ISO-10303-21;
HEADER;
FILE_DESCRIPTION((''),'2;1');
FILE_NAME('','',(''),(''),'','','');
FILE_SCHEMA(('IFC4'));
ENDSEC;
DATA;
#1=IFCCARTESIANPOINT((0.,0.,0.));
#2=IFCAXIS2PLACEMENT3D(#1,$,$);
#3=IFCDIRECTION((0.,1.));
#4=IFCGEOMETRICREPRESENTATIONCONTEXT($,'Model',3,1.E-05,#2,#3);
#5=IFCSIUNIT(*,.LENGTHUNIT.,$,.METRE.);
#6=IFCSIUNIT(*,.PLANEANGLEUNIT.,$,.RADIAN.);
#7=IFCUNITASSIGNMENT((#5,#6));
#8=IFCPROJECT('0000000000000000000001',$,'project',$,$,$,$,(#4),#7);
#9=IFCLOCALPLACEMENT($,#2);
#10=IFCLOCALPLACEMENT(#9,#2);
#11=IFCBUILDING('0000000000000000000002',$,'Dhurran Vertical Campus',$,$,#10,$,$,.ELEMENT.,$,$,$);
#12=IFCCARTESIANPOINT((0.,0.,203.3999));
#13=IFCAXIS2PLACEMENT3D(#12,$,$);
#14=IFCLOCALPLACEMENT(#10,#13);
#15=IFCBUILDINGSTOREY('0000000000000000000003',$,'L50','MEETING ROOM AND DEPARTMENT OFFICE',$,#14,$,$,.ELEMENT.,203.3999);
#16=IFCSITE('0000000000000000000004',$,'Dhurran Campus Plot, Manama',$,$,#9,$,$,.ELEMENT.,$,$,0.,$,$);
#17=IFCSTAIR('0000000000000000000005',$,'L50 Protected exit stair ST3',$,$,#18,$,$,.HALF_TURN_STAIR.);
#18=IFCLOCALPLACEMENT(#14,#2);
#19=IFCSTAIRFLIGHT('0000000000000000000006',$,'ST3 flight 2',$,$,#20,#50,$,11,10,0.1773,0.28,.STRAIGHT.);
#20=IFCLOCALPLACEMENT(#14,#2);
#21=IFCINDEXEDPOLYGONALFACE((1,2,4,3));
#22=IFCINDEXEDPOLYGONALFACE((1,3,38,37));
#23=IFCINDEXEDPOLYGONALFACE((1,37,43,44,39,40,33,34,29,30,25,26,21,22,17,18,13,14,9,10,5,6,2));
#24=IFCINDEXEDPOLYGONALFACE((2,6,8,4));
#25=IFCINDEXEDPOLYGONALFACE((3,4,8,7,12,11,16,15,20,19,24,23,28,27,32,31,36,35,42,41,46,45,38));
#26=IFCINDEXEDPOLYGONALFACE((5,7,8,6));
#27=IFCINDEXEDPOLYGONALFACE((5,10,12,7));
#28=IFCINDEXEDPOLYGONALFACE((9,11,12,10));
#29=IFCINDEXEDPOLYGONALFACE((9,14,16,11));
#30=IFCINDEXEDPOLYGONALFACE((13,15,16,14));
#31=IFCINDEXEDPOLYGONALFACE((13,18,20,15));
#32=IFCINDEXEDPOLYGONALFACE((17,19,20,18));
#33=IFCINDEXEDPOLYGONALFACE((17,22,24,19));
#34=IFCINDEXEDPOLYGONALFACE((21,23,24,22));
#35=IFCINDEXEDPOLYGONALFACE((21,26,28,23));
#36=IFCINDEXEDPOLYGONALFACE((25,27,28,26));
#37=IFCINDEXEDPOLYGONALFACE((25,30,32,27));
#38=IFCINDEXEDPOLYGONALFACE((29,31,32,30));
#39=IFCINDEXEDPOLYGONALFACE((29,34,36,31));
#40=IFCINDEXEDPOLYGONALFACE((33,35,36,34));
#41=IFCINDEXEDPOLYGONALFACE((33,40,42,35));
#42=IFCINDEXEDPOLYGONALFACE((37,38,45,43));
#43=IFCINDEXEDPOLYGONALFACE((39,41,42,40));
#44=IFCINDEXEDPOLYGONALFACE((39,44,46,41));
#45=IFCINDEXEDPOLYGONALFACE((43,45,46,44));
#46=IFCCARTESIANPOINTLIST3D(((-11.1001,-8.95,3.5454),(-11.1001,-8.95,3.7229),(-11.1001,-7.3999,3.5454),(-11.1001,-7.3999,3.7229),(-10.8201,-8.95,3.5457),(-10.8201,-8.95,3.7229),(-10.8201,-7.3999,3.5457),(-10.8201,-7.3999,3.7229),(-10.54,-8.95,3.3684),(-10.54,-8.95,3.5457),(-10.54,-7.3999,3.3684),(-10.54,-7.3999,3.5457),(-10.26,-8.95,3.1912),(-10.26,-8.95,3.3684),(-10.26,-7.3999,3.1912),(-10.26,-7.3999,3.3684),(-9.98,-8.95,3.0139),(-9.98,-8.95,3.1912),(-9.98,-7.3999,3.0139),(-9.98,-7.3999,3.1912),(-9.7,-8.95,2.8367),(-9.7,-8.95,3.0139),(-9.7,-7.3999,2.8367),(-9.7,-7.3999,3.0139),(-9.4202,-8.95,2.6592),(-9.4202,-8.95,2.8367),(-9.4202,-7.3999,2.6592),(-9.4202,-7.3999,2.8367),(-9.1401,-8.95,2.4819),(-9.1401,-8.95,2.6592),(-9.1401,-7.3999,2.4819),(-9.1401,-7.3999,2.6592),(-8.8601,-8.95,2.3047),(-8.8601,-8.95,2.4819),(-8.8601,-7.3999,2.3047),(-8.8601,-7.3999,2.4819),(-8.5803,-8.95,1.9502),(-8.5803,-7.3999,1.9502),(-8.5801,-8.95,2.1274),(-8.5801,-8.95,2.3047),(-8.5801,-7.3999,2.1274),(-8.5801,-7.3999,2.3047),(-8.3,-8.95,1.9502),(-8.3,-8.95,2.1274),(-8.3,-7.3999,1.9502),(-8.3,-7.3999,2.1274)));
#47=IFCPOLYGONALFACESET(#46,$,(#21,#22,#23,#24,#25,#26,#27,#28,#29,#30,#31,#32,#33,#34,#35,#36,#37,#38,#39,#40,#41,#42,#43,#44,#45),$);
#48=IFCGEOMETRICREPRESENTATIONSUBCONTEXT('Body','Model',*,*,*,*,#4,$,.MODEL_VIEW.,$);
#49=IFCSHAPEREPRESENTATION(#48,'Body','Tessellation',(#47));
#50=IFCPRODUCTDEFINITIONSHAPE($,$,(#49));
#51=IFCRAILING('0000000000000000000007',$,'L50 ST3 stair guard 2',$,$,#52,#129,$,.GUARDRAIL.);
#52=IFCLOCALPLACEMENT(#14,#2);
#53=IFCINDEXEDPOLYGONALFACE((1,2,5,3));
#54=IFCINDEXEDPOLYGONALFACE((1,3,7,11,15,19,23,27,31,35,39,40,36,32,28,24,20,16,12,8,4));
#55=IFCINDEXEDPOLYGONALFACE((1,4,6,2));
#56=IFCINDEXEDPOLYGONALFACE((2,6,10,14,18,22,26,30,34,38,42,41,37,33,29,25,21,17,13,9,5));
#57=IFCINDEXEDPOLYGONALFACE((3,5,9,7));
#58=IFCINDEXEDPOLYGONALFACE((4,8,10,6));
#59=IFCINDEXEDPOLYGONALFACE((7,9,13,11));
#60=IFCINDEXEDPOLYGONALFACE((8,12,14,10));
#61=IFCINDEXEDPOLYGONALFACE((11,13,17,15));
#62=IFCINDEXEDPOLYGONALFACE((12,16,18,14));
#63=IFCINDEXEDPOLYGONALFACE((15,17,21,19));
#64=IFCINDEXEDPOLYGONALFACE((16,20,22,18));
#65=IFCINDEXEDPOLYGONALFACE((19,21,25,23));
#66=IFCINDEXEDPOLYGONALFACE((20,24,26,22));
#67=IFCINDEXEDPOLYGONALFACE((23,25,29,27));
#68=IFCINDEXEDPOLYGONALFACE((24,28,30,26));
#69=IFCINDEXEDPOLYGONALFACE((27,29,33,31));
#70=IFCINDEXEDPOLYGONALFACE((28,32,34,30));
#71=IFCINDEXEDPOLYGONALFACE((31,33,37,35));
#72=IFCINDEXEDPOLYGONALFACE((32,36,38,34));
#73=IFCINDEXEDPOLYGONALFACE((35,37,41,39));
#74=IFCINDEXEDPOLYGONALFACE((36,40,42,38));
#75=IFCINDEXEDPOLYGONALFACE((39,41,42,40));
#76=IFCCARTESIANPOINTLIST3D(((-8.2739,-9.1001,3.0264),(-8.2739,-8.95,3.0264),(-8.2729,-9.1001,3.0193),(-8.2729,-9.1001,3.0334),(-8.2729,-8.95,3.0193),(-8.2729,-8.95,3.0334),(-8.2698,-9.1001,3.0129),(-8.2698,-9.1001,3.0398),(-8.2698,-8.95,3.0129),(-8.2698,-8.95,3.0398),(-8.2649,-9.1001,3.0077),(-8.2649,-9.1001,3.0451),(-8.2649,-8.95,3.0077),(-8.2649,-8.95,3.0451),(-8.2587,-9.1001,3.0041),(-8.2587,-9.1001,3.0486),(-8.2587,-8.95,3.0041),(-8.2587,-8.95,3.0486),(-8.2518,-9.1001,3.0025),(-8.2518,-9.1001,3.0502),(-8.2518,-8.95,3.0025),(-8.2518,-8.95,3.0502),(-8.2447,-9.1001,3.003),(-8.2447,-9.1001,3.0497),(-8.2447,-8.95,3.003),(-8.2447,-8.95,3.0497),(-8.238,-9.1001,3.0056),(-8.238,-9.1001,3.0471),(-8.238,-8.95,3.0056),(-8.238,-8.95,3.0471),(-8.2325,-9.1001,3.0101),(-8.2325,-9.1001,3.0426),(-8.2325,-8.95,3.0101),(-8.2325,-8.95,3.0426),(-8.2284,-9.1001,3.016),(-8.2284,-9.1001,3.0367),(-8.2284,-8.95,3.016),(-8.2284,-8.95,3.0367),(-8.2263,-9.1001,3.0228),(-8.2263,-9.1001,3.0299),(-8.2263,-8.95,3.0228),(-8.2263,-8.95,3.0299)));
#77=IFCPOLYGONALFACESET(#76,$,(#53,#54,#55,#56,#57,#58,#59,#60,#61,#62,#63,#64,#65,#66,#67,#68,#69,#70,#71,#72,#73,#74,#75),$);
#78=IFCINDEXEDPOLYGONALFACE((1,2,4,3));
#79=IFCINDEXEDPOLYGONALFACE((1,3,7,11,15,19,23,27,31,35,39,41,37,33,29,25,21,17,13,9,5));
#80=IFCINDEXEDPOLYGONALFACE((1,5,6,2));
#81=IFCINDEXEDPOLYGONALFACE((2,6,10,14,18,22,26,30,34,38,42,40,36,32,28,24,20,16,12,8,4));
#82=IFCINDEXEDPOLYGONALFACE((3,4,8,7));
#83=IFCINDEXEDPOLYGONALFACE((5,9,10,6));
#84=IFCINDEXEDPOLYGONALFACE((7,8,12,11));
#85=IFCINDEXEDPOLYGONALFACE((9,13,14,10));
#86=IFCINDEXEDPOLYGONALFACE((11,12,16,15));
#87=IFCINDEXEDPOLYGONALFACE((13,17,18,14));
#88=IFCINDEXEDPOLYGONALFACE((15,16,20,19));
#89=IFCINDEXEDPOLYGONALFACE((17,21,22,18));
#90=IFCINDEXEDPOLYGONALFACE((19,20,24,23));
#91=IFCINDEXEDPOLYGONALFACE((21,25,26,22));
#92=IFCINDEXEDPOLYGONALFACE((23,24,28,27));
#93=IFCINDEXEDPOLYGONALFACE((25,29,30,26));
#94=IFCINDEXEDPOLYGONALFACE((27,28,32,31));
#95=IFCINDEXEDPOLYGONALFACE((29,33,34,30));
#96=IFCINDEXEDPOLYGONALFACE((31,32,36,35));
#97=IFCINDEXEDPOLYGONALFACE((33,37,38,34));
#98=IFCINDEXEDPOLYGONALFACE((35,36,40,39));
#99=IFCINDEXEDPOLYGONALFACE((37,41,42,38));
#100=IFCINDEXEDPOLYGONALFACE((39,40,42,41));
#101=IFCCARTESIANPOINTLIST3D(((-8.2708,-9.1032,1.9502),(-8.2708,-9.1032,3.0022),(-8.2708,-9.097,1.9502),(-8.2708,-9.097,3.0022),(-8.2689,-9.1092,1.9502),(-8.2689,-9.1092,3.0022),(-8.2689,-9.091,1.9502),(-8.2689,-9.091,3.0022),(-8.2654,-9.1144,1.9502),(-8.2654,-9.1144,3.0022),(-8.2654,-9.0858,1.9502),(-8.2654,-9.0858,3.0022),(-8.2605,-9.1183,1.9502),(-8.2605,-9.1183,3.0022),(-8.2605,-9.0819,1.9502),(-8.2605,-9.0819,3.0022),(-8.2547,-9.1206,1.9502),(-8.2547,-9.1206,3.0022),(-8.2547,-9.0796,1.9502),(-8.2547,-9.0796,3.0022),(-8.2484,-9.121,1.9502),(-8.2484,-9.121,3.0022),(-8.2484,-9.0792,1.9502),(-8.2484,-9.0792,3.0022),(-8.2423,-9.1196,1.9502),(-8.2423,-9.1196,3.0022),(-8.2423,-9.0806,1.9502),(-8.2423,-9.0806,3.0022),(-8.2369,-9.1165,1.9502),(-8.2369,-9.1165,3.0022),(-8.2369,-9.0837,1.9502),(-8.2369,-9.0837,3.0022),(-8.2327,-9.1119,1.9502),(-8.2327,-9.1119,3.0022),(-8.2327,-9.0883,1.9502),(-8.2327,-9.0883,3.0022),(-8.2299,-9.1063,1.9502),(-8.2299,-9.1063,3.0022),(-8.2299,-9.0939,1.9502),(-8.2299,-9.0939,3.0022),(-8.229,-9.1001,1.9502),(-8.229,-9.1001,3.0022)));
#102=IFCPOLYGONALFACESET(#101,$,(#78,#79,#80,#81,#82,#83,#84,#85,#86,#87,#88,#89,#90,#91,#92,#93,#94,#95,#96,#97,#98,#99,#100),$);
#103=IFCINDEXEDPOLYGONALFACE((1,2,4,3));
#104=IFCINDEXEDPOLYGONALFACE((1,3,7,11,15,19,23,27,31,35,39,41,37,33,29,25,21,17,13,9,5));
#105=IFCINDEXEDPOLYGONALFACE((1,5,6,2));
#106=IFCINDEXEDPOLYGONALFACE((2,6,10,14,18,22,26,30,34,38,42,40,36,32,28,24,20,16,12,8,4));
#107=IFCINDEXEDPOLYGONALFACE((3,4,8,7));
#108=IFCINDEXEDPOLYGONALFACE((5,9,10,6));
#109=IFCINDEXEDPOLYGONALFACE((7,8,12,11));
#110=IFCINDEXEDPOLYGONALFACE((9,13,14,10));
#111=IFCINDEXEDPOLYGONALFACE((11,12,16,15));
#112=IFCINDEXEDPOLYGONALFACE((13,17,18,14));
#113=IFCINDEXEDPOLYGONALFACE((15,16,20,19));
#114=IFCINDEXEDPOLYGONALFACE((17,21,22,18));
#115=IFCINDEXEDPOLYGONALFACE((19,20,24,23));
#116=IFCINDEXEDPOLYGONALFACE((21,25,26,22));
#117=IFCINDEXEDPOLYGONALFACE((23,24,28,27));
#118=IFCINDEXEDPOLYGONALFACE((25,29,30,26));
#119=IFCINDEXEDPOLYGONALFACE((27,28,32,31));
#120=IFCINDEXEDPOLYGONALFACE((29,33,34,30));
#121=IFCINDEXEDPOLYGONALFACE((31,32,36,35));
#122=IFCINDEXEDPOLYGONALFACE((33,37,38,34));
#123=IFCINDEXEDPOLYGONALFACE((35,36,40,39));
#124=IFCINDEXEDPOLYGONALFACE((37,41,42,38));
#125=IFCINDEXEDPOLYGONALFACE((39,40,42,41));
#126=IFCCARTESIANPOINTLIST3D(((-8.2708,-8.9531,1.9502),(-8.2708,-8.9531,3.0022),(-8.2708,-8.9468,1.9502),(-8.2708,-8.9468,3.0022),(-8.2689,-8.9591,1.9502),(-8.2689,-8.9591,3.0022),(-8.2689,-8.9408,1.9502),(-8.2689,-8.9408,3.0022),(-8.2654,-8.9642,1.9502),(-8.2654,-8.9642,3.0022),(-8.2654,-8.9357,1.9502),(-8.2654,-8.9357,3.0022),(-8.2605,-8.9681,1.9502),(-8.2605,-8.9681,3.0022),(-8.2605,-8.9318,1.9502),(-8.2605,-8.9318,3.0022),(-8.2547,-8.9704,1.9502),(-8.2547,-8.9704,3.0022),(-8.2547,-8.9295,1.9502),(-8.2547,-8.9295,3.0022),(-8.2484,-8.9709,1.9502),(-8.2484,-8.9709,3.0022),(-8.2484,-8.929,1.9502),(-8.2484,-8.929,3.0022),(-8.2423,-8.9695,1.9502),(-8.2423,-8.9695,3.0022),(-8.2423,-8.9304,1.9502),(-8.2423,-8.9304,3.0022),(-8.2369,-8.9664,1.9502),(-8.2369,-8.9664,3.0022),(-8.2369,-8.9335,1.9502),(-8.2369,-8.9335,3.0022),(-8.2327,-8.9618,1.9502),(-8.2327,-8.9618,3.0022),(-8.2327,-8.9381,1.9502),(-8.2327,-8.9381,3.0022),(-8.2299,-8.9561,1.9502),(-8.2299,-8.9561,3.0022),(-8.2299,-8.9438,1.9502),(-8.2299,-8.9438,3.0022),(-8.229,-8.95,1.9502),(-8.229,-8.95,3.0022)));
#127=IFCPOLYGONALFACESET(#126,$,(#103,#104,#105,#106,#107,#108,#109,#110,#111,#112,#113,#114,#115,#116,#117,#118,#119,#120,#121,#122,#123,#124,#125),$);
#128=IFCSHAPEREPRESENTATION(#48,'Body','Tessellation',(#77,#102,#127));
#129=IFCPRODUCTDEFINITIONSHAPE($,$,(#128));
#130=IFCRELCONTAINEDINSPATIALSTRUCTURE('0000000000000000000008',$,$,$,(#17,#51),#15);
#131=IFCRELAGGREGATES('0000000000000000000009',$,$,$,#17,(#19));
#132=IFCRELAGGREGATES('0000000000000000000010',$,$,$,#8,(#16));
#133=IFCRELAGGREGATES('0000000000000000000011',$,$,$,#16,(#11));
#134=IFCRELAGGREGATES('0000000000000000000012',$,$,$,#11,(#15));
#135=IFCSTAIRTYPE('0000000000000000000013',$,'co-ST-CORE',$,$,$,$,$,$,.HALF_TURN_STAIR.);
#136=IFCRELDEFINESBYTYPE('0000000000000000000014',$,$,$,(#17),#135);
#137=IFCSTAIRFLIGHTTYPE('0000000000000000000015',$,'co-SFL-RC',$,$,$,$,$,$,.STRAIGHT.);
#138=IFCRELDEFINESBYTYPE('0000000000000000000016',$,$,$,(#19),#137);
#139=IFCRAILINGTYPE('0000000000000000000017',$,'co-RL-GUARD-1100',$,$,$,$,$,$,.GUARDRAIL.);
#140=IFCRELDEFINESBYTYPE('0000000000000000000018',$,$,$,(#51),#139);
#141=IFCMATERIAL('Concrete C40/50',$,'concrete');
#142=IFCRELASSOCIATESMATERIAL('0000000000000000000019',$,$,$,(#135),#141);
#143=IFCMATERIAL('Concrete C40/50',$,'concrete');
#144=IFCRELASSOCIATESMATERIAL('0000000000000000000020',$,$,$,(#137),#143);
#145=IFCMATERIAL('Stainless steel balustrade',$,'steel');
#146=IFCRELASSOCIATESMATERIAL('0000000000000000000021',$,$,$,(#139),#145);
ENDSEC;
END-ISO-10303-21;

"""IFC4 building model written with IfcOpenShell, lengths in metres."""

from ifc_helpers import new_model, si_unit, direction, frame, origin, origin_2d, place, context, subcontext, project, spatial, polyline, circle, outline, extrude, material, type_object, element, aggregate, save


model = new_model("IFC4")

# Units and contexts
model_context = context("Model", 3, precision=1e-05, world=origin(), true_north=direction((0.0, 1.0)))
body_context = subcontext(model_context, "Body", "Model", "MODEL_VIEW")
ifc_project = project(units=[si_unit("LENGTHUNIT", "METRE"), si_unit("PLANEANGLEUNIT", "RADIAN")], contexts=[model_context])

# Site, building, storey
site_placement = place(None, origin())
site = spatial("IfcSite", under=ifc_project, at=site_placement, Name="Dhurran Campus Plot, Manama", CompositionType="ELEMENT", RefElevation=0.0)
building_placement = place(site_placement, origin())
building = spatial("IfcBuilding", under=site, at=building_placement, Name="Dhurran Vertical Campus", CompositionType="ELEMENT")
storey_placement = place(building_placement, frame((0.0, 0.0, 203.3999)))
storey = spatial("IfcBuildingStorey", under=building, at=storey_placement, Name="L50", Description="MEETING ROOM AND DEPARTMENT OFFICE", CompositionType="ELEMENT", Elevation=203.3999)

# Stair, stair flight
ifc_material_1 = material(Name="Concrete C40/50", Category="concrete")
stair_type = type_object("IfcStairType", Name="co-ST-CORE", PredefinedType="HALF_TURN_STAIR", material=ifc_material_1)
stair_placement = place(storey_placement, origin())
stair = element("IfcStair", 1, at=stair_placement, inside=storey, type_object=stair_type, Name="L50 Protected exit stair ST3", PredefinedType="HALF_TURN_STAIR")
ifc_material_2 = material(Name="Concrete C40/50", Category="concrete")
stair_flight_type = type_object("IfcStairFlightType", Name="co-SFL-RC", PredefinedType="STRAIGHT", material=ifc_material_2)
stair_flight_placement = place(storey_placement, frame((-8.3, -8.175, 1.9502), z_axis=(0.0, 0.0, 1.0), x_axis=(-1.0, 0.0, 0.0)))
stair_flight = element("IfcStairFlight", 2, at=stair_flight_placement, type_object=stair_flight_type, Name="ST3 flight 2", NumberOfRisers=11, NumberOfTreads=10, PredefinedType="STRAIGHT", RiserHeight=0.1773, TreadLength=0.28, context=body_context, shape_type="SweptSolid", body=[
    extrude(outline(polyline([(0.0, 0.0), (0.0, 0.1772), (0.28, 0.1772), (0.28, 0.3545), (0.5601, 0.3545), (0.5601, 0.5317), (0.8401, 0.5317), (0.8401, 0.709), (1.1201, 0.709), (1.1201, 0.8865), (1.3999, 0.8865), (1.3999, 1.0637), (1.6799, 1.0637), (1.6799, 1.241), (1.96, 1.241), (1.96, 1.4182), (2.24, 1.4182), (2.24, 1.5955), (2.52, 1.5955), (2.52, 1.7727), (2.8, 1.7727), (2.8, 1.95), (2.8, 1.5952), (0.2803, 0.0), (0.0, 0.0)])), frame((0.0, 0.7749, 0.0), z_axis=(0.0, -1.0, 0.0), x_axis=(1.0, 0.0, 0.0)), (0.0, 0.0, 1.0), 1.55),
])
aggregate(stair, [stair_flight])

# Railing
ifc_material_3 = material(Name="Stainless steel balustrade", Category="steel")
railing_type_1 = type_object("IfcRailingType", Name="co-RL-GUARD-1100", PredefinedType="GUARDRAIL", material=ifc_material_3)
railing_1_placement = place(storey_placement, frame((-8.25, -9.1001, 1.9502)))
element("IfcRailing", 3, at=railing_1_placement, inside=storey, type_object=railing_type_1, Name="L50 ST3 stair guard 2", PredefinedType="GUARDRAIL", context=body_context, shape_type="SweptSolid", body=[
    extrude(circle(Radius=0.0239, at=origin_2d()), frame((0.0, 0.0, 1.0762), z_axis=(0.0, 1.0, 0.0), x_axis=(-1.0, 0.0, 0.0)), (0.0, 0.0, 1.0), 0.1501),
    extrude(circle(Radius=0.021, at=origin_2d()), origin(), (0.0, 0.0, 1.0), 1.052),
    extrude(circle(Radius=0.021, at=origin_2d()), frame((0.0, 0.1501, 0.0)), (0.0, 0.0, 1.0), 1.052),
])

save(model, "model.ifc")
